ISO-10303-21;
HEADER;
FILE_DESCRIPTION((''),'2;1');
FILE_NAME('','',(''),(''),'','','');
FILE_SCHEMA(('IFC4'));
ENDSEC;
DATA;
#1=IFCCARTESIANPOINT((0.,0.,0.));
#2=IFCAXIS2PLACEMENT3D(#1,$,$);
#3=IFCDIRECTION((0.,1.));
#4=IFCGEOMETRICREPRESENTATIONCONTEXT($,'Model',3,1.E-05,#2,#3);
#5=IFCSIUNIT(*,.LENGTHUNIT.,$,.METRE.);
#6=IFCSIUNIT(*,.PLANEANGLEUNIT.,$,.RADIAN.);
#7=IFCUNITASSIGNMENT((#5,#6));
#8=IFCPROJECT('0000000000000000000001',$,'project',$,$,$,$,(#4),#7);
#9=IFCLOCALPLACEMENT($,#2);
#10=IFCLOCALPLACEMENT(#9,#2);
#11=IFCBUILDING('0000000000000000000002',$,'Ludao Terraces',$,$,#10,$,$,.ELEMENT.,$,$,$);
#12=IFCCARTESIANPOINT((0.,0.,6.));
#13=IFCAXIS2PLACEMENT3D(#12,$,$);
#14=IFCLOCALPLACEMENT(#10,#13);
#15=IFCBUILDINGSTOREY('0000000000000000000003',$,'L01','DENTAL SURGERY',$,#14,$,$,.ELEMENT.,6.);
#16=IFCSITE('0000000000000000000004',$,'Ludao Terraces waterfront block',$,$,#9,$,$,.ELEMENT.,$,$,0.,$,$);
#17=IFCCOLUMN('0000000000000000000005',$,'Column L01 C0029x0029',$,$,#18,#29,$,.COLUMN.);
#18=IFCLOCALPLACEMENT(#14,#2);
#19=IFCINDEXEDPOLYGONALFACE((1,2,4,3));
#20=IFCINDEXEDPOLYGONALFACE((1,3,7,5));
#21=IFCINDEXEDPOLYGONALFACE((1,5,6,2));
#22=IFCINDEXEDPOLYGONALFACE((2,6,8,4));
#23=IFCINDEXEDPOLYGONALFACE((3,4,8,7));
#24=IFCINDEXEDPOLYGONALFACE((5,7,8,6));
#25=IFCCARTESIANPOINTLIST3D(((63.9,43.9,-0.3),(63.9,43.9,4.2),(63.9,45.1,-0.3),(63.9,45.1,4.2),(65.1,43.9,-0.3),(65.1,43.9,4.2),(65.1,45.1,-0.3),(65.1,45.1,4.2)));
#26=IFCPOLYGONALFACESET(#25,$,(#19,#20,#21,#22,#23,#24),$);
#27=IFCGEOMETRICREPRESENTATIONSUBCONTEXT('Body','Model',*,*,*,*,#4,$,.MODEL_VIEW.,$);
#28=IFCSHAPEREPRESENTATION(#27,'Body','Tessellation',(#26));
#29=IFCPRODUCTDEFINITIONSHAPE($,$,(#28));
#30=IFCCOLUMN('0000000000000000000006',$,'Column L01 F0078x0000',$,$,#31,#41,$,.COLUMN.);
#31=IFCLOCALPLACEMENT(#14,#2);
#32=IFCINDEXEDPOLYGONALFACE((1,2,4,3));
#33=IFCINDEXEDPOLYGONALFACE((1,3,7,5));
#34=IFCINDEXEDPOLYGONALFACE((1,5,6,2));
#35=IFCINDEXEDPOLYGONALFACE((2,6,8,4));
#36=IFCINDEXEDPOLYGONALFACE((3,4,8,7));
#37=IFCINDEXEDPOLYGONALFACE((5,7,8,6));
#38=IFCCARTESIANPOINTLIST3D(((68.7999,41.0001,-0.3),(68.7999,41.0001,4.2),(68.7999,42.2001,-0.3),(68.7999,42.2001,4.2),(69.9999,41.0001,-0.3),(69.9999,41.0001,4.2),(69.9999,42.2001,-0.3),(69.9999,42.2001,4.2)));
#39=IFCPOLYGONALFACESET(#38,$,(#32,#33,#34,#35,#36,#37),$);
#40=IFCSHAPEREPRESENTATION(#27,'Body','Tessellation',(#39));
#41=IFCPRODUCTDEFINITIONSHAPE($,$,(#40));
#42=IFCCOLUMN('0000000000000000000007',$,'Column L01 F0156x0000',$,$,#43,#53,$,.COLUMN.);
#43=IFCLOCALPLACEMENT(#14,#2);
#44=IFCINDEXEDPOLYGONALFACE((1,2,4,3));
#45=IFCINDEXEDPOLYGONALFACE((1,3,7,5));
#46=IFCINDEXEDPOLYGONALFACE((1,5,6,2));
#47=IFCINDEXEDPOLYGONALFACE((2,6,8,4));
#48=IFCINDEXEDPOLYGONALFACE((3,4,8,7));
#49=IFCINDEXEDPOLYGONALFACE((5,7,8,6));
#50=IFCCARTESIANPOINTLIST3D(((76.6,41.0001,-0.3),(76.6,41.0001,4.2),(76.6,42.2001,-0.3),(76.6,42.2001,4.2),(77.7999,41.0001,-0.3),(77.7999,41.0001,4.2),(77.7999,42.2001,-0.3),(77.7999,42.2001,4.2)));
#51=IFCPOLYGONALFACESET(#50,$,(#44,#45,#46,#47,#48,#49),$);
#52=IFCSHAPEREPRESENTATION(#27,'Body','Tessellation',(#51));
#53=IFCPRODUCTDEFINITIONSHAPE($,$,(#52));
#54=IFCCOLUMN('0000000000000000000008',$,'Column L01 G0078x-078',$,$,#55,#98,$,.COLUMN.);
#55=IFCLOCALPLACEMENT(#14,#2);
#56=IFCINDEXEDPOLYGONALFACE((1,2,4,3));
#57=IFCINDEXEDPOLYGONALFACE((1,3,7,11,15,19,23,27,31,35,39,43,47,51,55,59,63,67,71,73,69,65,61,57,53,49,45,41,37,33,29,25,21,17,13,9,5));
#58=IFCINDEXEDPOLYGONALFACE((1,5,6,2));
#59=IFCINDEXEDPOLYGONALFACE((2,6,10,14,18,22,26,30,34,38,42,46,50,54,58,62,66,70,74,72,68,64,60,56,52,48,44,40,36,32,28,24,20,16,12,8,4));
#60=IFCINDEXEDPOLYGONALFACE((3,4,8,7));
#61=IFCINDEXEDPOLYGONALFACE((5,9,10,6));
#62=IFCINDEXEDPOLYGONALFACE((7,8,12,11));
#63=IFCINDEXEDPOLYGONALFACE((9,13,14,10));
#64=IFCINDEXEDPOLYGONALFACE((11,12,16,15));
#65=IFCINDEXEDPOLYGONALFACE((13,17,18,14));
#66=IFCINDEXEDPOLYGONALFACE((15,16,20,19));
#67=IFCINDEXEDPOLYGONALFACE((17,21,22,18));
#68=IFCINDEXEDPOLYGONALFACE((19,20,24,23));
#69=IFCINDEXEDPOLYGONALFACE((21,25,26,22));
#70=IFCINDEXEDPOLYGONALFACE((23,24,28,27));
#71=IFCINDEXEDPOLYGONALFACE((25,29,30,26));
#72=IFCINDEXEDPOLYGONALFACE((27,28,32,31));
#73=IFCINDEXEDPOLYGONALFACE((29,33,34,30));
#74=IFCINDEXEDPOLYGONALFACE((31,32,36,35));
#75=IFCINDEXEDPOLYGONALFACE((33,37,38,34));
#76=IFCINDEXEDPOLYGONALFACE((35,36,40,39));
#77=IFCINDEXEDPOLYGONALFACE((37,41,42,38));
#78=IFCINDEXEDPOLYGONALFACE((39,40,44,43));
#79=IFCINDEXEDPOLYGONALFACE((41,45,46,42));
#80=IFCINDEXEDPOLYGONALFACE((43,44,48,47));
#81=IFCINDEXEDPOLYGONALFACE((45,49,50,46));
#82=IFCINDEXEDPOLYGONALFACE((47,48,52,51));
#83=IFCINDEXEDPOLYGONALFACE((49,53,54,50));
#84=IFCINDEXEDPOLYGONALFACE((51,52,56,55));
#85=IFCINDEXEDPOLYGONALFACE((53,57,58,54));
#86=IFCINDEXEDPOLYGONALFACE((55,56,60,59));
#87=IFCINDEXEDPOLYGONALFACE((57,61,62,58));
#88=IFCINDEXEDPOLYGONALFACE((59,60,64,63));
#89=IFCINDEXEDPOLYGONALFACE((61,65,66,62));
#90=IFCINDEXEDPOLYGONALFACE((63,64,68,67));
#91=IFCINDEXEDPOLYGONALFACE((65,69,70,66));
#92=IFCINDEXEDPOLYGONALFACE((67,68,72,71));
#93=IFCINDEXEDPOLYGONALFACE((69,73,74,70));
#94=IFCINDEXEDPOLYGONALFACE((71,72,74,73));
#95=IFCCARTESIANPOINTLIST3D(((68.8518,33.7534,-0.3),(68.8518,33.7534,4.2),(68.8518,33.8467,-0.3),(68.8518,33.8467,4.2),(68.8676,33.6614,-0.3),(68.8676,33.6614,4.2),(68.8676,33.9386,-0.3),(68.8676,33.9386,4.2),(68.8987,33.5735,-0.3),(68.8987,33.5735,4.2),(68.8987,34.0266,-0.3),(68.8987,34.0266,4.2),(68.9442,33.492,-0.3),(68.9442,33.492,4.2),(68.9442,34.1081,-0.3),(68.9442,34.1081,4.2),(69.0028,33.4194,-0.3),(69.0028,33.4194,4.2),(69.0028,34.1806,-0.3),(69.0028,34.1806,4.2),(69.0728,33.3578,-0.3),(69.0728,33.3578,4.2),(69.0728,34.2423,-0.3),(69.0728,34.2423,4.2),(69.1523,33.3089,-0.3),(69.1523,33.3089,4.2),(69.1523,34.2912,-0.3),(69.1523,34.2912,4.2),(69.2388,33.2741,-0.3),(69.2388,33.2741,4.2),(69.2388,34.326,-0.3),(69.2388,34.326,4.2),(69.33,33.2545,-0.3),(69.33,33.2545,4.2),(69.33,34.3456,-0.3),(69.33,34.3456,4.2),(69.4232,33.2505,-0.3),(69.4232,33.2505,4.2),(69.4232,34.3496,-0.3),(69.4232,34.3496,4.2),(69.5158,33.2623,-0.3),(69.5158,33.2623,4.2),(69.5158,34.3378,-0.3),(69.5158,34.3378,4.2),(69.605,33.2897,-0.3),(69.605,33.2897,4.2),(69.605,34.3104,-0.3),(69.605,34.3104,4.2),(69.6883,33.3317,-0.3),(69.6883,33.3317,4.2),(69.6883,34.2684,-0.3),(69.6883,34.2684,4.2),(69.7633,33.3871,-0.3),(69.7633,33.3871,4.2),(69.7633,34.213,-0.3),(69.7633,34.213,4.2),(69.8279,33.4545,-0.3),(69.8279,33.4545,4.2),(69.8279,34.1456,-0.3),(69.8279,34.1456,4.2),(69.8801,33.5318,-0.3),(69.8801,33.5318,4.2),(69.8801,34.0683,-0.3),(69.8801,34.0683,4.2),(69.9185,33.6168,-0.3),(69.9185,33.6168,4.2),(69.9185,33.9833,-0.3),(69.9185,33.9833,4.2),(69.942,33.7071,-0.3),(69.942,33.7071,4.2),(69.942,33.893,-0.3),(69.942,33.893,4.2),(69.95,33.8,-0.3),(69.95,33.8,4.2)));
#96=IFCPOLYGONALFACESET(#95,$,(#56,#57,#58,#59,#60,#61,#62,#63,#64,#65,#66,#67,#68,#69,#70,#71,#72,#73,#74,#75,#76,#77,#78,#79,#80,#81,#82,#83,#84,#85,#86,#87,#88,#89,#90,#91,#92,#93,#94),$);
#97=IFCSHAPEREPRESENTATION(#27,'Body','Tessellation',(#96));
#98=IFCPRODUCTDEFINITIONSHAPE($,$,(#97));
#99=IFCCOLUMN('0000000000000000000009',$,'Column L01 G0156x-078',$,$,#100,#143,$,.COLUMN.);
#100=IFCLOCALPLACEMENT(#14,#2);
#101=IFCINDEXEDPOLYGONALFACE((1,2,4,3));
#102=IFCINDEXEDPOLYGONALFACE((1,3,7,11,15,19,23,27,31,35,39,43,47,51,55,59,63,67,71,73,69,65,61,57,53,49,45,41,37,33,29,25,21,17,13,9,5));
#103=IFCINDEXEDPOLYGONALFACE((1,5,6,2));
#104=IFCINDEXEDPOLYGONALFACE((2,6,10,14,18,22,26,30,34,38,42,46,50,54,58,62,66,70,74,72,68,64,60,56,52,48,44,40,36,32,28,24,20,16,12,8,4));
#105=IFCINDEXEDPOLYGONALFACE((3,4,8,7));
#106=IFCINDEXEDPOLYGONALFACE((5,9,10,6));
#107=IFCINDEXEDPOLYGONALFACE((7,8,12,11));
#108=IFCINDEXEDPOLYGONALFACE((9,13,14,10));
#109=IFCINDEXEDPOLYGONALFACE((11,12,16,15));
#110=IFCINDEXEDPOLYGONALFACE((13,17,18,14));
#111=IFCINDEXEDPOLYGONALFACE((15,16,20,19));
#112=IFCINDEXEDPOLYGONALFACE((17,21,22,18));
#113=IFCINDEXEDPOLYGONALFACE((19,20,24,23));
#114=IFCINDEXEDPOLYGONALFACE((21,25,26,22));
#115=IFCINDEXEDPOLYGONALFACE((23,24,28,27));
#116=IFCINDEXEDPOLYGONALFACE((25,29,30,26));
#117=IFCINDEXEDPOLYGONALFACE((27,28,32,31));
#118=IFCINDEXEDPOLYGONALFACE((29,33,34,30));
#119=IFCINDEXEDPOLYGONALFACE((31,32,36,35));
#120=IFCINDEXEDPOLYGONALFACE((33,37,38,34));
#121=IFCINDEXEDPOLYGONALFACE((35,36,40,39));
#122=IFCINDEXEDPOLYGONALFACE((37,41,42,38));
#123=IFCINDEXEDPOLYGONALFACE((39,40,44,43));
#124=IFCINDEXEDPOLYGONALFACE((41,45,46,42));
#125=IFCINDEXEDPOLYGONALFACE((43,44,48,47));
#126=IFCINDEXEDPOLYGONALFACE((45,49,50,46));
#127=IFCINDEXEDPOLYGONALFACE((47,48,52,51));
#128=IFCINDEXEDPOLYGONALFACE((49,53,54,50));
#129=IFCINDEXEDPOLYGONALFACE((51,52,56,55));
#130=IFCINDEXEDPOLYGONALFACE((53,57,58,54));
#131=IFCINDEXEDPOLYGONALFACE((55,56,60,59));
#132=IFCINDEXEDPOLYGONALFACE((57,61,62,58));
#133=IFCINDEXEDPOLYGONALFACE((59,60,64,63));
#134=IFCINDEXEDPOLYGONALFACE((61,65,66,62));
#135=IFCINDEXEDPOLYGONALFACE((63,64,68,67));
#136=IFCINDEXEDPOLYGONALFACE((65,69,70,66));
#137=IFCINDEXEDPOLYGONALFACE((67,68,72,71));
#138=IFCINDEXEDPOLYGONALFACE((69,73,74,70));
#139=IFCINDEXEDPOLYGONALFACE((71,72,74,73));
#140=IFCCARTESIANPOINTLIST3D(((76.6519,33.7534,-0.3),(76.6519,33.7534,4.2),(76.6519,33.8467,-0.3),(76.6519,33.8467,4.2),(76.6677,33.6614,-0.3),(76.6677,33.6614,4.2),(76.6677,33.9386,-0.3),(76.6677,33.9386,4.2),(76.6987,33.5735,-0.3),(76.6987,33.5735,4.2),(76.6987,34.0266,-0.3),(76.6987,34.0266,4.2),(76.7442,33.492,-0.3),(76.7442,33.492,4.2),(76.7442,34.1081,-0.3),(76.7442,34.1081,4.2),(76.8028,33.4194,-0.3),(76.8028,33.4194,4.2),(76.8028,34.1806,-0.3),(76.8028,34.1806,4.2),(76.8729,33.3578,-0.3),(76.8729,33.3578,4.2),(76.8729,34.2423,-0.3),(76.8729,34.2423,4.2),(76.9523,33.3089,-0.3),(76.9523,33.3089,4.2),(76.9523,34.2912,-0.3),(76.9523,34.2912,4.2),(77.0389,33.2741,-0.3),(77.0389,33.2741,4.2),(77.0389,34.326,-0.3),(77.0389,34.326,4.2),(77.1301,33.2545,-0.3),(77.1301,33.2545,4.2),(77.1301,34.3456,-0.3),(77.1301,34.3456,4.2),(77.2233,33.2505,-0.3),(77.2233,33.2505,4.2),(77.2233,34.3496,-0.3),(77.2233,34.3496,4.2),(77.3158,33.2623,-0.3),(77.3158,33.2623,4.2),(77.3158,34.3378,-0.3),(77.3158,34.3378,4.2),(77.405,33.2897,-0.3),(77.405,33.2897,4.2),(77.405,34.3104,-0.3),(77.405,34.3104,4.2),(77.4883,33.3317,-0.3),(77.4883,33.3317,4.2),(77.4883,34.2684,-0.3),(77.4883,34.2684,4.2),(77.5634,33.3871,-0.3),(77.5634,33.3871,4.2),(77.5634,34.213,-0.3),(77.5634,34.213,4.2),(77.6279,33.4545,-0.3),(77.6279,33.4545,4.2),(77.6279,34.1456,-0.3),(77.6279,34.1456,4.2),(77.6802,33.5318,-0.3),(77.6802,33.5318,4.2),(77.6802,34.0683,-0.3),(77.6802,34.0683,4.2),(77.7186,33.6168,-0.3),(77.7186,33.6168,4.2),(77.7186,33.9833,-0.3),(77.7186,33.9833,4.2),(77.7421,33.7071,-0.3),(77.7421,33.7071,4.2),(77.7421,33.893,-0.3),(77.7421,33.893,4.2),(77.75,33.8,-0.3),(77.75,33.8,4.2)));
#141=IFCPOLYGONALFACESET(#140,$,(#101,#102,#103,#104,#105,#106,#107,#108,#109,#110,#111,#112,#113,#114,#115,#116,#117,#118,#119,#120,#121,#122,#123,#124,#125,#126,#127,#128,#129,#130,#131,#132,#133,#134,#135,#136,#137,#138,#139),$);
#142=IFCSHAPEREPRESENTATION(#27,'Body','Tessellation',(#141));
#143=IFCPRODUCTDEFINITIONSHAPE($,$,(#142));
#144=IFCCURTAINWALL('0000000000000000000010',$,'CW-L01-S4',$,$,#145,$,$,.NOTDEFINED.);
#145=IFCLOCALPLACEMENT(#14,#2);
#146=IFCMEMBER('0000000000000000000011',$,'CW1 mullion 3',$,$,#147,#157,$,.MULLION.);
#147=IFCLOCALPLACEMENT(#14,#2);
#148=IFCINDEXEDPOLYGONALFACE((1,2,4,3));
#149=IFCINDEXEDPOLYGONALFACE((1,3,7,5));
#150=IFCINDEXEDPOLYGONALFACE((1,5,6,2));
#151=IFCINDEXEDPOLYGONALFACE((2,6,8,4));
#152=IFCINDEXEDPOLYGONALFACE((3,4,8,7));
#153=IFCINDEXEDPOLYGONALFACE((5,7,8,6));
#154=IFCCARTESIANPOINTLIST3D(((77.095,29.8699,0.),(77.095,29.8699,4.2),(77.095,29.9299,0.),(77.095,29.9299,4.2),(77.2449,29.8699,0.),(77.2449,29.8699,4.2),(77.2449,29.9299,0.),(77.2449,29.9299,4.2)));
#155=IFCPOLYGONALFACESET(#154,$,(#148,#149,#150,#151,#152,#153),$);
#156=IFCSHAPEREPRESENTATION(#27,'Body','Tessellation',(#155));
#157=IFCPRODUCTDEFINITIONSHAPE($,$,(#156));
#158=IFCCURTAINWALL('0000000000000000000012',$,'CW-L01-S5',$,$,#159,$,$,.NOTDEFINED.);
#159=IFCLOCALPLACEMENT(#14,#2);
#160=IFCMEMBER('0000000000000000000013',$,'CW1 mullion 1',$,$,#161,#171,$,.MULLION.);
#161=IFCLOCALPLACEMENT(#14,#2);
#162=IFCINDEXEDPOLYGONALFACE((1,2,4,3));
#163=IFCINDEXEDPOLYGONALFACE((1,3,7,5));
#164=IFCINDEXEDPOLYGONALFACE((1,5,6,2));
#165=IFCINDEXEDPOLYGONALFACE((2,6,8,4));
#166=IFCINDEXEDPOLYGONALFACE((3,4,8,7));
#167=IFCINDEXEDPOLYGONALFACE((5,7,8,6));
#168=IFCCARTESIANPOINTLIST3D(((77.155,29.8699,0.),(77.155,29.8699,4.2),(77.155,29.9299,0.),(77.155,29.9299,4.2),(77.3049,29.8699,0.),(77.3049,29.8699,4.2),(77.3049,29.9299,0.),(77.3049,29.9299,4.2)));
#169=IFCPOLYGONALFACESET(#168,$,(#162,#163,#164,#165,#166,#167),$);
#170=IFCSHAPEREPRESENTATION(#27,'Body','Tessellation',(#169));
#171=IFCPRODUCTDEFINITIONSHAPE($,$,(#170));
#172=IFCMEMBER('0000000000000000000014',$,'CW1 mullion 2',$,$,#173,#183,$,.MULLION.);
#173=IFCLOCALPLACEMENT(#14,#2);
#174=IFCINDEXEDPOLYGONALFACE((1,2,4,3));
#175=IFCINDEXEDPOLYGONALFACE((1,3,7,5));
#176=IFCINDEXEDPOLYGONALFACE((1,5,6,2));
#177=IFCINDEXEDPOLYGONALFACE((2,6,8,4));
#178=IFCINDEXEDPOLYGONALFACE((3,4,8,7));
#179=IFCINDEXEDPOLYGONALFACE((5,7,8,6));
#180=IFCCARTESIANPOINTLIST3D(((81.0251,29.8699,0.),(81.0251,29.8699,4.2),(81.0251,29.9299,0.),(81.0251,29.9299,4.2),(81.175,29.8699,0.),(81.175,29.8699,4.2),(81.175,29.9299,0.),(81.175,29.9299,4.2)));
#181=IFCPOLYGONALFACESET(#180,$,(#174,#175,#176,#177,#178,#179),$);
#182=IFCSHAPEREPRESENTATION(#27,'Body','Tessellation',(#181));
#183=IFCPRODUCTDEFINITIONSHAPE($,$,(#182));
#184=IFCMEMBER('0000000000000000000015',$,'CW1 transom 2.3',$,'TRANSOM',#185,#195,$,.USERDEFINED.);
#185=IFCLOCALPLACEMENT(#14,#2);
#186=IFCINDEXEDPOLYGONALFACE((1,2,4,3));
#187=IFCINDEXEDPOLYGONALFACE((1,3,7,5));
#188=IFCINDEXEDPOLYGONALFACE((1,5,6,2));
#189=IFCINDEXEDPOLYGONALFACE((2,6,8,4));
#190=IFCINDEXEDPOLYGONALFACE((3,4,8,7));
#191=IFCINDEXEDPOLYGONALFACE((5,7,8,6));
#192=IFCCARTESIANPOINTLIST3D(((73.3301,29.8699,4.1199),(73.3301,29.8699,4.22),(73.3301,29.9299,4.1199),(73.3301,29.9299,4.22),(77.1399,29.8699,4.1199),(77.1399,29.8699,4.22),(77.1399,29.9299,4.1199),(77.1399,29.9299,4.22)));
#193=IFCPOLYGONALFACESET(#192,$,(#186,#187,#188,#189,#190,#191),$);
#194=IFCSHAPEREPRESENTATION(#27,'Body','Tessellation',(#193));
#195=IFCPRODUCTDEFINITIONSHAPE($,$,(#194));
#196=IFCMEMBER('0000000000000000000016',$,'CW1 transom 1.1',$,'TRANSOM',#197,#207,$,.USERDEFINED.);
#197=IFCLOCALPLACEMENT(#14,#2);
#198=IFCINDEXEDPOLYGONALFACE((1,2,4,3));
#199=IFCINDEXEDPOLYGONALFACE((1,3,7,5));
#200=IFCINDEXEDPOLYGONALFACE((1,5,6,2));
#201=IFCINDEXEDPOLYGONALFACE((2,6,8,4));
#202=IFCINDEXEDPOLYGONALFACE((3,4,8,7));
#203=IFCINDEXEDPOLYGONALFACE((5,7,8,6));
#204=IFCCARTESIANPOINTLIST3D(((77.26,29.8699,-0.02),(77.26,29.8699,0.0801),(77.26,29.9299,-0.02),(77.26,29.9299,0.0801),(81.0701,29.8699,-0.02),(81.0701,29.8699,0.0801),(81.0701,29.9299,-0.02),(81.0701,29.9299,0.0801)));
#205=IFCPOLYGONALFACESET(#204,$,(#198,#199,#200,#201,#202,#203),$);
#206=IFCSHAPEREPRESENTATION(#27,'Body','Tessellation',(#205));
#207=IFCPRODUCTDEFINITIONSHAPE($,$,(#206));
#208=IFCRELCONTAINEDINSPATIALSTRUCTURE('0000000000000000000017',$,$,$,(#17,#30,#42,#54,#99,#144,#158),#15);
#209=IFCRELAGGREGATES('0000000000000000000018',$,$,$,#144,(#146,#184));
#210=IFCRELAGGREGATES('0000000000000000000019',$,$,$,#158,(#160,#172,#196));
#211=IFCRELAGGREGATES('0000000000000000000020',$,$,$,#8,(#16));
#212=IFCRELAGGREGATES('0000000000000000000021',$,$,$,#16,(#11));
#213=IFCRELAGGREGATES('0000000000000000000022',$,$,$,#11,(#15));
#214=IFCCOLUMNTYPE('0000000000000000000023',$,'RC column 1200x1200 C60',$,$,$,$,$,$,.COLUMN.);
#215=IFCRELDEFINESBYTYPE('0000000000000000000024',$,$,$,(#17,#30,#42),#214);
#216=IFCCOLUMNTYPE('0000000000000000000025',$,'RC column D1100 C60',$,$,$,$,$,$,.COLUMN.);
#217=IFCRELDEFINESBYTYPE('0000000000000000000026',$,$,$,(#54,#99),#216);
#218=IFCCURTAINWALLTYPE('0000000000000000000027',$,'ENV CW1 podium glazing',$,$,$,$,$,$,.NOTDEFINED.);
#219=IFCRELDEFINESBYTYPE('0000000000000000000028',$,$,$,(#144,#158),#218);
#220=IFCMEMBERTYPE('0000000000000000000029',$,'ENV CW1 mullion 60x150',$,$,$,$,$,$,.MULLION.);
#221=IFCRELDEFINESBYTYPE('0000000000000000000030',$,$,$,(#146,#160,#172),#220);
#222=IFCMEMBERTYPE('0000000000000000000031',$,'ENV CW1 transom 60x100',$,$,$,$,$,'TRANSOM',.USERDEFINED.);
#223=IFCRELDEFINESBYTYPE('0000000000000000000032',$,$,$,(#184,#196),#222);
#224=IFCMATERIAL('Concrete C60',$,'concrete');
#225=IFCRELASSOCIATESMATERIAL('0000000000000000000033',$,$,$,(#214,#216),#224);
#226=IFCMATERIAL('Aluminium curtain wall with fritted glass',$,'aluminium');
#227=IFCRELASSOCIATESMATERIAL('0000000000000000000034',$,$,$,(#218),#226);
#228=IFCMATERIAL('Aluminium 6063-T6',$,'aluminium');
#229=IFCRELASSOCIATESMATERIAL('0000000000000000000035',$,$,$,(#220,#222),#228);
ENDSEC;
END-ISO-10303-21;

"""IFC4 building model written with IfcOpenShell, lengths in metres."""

from ifc_helpers import new_model, si_unit, direction, frame, origin, origin_2d, place, context, subcontext, project, spatial, rectangle, circle, extrude, material, material_profile, profile_set, type_object, element, aggregate, save


model = new_model("IFC4")

# Units and contexts
model_context = context("Model", 3, precision=1e-05, world=origin(), true_north=direction((0.0, 1.0)))
body_context = subcontext(model_context, "Body", "Model", "MODEL_VIEW")
ifc_project = project(units=[si_unit("LENGTHUNIT", "METRE"), si_unit("PLANEANGLEUNIT", "RADIAN")], contexts=[model_context])

# Site, building, storey
site_placement = place(None, origin())
site = spatial("IfcSite", under=ifc_project, at=site_placement, Name="Ludao Terraces waterfront block", CompositionType="ELEMENT", RefElevation=0.0)
building_placement = place(site_placement, origin())
building = spatial("IfcBuilding", under=site, at=building_placement, Name="Ludao Terraces", CompositionType="ELEMENT")
storey_placement = place(building_placement, frame((0.0, 0.0, 6.0)))
storey = spatial("IfcBuildingStorey", under=building, at=storey_placement, Name="L01", Description="DENTAL SURGERY", CompositionType="ELEMENT", Elevation=6.0)

# Columns
ifc_material_1 = material(Name="Concrete C60", Category="concrete")
ifc_material_profile_1 = material_profile(ifc_material_1, rectangle(XDim=1.2, YDim=1.2, at=origin_2d()), Name="1200 X 1200")
ifc_profile_set_1 = profile_set([ifc_material_profile_1], Name="Concrete C60")
column_type_1 = type_object("IfcColumnType", Name="RC column 1200x1200 C60", PredefinedType="COLUMN", material=ifc_profile_set_1)
for number, where, z_axis, x_axis, name in (
    (1, (64.5, 44.5, -0.3), (0.0, 0.0, 1.0), (1.0, 0.0, 0.0), "Column L01 C0029x0029"),
    (2, (69.3999, 41.6001, -0.3), (0.0, 0.0, 1.0), (1.0, 0.0, 0.0), "Column L01 F0078x0000"),
    (3, (77.2, 41.6001, -0.3), (0.0, 0.0, 1.0), (1.0, 0.0, 0.0), "Column L01 F0156x0000"),
):
    element("IfcColumn", number, at=place(storey_placement, frame(where, z_axis=z_axis, x_axis=x_axis)), inside=storey, type_object=column_type_1, Name=name, PredefinedType="COLUMN", context=body_context, shape_type="SweptSolid", body=[
        extrude(rectangle(XDim=1.2, YDim=1.2, at=origin_2d()), origin(), (0.0, 0.0, 1.0), 4.5),
    ])
ifc_material_profile_2 = material_profile(ifc_material_1, circle(Radius=0.55, at=origin_2d()), Name="D1100")
ifc_profile_set_2 = profile_set([ifc_material_profile_2], Name="Concrete C60")
column_type_2 = type_object("IfcColumnType", Name="RC column D1100 C60", PredefinedType="COLUMN", material=ifc_profile_set_2)
for number, where, z_axis, x_axis, name in (
    (4, (69.3999, 33.8, -0.3), (0.0, 0.0, 1.0), (1.0, 0.0, 0.0), "Column L01 G0078x-078"),
    (5, (77.2, 33.8, -0.3), (0.0, 0.0, 1.0), (1.0, 0.0, 0.0), "Column L01 G0156x-078"),
):
    element("IfcColumn", number, at=place(storey_placement, frame(where, z_axis=z_axis, x_axis=x_axis)), inside=storey, type_object=column_type_2, Name=name, PredefinedType="COLUMN", context=body_context, shape_type="SweptSolid", body=[
        extrude(circle(Radius=0.55, at=origin_2d()), origin(), (0.0, 0.0, 1.0), 4.5),
    ])

# Curtain wall, member
ifc_material_2 = material(Name="Aluminium curtain wall with fritted glass", Category="aluminium")
curtain_wall_type = type_object("IfcCurtainWallType", Name="ENV CW1 podium glazing", PredefinedType="NOTDEFINED", material=ifc_material_2)
curtain_wall_1_placement = place(storey_placement, origin())
curtain_wall_1 = element("IfcCurtainWall", 6, at=curtain_wall_1_placement, inside=storey, type_object=curtain_wall_type, Name="CW-L01-S4", PredefinedType="NOTDEFINED")
ifc_material_3 = material(Name="Aluminium 6063-T6", Category="aluminium")
ifc_material_profile_3 = material_profile(ifc_material_3, rectangle(XDim=0.0601, YDim=0.1499, at=origin_2d()), Name="60 X 150")
ifc_profile_set_3 = profile_set([ifc_material_profile_3], Name="Aluminium 6063-T6")
member_type_1 = type_object("IfcMemberType", Name="ENV CW1 mullion 60x150", PredefinedType="MULLION", material=ifc_profile_set_3)
member_1_placement = place(storey_placement, frame((77.1699, 29.8999, 0.0), z_axis=(0.0, 0.0, 1.0), x_axis=(0.0, 1.0, 0.0)))
member_1 = element("IfcMember", 7, at=member_1_placement, type_object=member_type_1, Name="CW1 mullion 3", PredefinedType="MULLION", context=body_context, shape_type="SweptSolid", body=[
    extrude(rectangle(XDim=0.0601, YDim=0.1499, at=origin_2d()), origin(), (0.0, 0.0, 1.0), 4.2),
])

# Curtain wall, members
curtain_wall_2_placement = place(storey_placement, origin())
curtain_wall_2 = element("IfcCurtainWall", 8, at=curtain_wall_2_placement, inside=storey, type_object=curtain_wall_type, Name="CW-L01-S5", PredefinedType="NOTDEFINED")
member_2_placement = place(storey_placement, frame((77.23, 29.8999, 0.0), z_axis=(0.0, 0.0, 1.0), x_axis=(0.0, 1.0, 0.0)))
member_2 = element("IfcMember", 9, at=member_2_placement, type_object=member_type_1, Name="CW1 mullion 1", PredefinedType="MULLION", context=body_context, shape_type="SweptSolid", body=[
    extrude(rectangle(XDim=0.0601, YDim=0.1499, at=origin_2d()), origin(), (0.0, 0.0, 1.0), 4.2),
])
member_3_placement = place(storey_placement, frame((81.1001, 29.8999, 0.0), z_axis=(0.0, 0.0, 1.0), x_axis=(0.0, 1.0, 0.0)))
member_3 = element("IfcMember", 10, at=member_3_placement, type_object=member_type_1, Name="CW1 mullion 2", PredefinedType="MULLION", context=body_context, shape_type="SweptSolid", body=[
    extrude(rectangle(XDim=0.0601, YDim=0.1499, at=origin_2d()), origin(), (0.0, 0.0, 1.0), 4.2),
])

# Members
ifc_material_profile_4 = material_profile(ifc_material_3, rectangle(XDim=0.0601, YDim=0.1001, at=origin_2d()), Name="60 X 100")
ifc_profile_set_4 = profile_set([ifc_material_profile_4], Name="Aluminium 6063-T6")
member_type_2 = type_object("IfcMemberType", Name="ENV CW1 transom 60x100", ElementType="TRANSOM", PredefinedType="USERDEFINED", material=ifc_profile_set_4)
member_4_placement = place(storey_placement, frame((73.3301, 29.8999, 4.1699), z_axis=(1.0, 0.0, 0.0), x_axis=(0.0, 1.0, 0.0)))
member_4 = element("IfcMember", 11, at=member_4_placement, type_object=member_type_2, Name="CW1 transom 2.3", ObjectType="TRANSOM", PredefinedType="USERDEFINED", context=body_context, shape_type="SweptSolid", body=[
    extrude(rectangle(XDim=0.0601, YDim=0.1001, at=origin_2d()), origin(), (0.0, 0.0, 1.0), 3.8098),
])
member_5_placement = place(storey_placement, frame((77.26, 29.8999, 0.03), z_axis=(1.0, 0.0, 0.0), x_axis=(0.0, 1.0, 0.0)))
member_5 = element("IfcMember", 12, at=member_5_placement, type_object=member_type_2, Name="CW1 transom 1.1", ObjectType="TRANSOM", PredefinedType="USERDEFINED", context=body_context, shape_type="SweptSolid", body=[
    extrude(rectangle(XDim=0.0601, YDim=0.1001, at=origin_2d()), origin(), (0.0, 0.0, 1.0), 3.8101),
])

aggregate(curtain_wall_1, [member_1, member_4])
aggregate(curtain_wall_2, [member_2, member_3, member_5])

save(model, "model.ifc")
